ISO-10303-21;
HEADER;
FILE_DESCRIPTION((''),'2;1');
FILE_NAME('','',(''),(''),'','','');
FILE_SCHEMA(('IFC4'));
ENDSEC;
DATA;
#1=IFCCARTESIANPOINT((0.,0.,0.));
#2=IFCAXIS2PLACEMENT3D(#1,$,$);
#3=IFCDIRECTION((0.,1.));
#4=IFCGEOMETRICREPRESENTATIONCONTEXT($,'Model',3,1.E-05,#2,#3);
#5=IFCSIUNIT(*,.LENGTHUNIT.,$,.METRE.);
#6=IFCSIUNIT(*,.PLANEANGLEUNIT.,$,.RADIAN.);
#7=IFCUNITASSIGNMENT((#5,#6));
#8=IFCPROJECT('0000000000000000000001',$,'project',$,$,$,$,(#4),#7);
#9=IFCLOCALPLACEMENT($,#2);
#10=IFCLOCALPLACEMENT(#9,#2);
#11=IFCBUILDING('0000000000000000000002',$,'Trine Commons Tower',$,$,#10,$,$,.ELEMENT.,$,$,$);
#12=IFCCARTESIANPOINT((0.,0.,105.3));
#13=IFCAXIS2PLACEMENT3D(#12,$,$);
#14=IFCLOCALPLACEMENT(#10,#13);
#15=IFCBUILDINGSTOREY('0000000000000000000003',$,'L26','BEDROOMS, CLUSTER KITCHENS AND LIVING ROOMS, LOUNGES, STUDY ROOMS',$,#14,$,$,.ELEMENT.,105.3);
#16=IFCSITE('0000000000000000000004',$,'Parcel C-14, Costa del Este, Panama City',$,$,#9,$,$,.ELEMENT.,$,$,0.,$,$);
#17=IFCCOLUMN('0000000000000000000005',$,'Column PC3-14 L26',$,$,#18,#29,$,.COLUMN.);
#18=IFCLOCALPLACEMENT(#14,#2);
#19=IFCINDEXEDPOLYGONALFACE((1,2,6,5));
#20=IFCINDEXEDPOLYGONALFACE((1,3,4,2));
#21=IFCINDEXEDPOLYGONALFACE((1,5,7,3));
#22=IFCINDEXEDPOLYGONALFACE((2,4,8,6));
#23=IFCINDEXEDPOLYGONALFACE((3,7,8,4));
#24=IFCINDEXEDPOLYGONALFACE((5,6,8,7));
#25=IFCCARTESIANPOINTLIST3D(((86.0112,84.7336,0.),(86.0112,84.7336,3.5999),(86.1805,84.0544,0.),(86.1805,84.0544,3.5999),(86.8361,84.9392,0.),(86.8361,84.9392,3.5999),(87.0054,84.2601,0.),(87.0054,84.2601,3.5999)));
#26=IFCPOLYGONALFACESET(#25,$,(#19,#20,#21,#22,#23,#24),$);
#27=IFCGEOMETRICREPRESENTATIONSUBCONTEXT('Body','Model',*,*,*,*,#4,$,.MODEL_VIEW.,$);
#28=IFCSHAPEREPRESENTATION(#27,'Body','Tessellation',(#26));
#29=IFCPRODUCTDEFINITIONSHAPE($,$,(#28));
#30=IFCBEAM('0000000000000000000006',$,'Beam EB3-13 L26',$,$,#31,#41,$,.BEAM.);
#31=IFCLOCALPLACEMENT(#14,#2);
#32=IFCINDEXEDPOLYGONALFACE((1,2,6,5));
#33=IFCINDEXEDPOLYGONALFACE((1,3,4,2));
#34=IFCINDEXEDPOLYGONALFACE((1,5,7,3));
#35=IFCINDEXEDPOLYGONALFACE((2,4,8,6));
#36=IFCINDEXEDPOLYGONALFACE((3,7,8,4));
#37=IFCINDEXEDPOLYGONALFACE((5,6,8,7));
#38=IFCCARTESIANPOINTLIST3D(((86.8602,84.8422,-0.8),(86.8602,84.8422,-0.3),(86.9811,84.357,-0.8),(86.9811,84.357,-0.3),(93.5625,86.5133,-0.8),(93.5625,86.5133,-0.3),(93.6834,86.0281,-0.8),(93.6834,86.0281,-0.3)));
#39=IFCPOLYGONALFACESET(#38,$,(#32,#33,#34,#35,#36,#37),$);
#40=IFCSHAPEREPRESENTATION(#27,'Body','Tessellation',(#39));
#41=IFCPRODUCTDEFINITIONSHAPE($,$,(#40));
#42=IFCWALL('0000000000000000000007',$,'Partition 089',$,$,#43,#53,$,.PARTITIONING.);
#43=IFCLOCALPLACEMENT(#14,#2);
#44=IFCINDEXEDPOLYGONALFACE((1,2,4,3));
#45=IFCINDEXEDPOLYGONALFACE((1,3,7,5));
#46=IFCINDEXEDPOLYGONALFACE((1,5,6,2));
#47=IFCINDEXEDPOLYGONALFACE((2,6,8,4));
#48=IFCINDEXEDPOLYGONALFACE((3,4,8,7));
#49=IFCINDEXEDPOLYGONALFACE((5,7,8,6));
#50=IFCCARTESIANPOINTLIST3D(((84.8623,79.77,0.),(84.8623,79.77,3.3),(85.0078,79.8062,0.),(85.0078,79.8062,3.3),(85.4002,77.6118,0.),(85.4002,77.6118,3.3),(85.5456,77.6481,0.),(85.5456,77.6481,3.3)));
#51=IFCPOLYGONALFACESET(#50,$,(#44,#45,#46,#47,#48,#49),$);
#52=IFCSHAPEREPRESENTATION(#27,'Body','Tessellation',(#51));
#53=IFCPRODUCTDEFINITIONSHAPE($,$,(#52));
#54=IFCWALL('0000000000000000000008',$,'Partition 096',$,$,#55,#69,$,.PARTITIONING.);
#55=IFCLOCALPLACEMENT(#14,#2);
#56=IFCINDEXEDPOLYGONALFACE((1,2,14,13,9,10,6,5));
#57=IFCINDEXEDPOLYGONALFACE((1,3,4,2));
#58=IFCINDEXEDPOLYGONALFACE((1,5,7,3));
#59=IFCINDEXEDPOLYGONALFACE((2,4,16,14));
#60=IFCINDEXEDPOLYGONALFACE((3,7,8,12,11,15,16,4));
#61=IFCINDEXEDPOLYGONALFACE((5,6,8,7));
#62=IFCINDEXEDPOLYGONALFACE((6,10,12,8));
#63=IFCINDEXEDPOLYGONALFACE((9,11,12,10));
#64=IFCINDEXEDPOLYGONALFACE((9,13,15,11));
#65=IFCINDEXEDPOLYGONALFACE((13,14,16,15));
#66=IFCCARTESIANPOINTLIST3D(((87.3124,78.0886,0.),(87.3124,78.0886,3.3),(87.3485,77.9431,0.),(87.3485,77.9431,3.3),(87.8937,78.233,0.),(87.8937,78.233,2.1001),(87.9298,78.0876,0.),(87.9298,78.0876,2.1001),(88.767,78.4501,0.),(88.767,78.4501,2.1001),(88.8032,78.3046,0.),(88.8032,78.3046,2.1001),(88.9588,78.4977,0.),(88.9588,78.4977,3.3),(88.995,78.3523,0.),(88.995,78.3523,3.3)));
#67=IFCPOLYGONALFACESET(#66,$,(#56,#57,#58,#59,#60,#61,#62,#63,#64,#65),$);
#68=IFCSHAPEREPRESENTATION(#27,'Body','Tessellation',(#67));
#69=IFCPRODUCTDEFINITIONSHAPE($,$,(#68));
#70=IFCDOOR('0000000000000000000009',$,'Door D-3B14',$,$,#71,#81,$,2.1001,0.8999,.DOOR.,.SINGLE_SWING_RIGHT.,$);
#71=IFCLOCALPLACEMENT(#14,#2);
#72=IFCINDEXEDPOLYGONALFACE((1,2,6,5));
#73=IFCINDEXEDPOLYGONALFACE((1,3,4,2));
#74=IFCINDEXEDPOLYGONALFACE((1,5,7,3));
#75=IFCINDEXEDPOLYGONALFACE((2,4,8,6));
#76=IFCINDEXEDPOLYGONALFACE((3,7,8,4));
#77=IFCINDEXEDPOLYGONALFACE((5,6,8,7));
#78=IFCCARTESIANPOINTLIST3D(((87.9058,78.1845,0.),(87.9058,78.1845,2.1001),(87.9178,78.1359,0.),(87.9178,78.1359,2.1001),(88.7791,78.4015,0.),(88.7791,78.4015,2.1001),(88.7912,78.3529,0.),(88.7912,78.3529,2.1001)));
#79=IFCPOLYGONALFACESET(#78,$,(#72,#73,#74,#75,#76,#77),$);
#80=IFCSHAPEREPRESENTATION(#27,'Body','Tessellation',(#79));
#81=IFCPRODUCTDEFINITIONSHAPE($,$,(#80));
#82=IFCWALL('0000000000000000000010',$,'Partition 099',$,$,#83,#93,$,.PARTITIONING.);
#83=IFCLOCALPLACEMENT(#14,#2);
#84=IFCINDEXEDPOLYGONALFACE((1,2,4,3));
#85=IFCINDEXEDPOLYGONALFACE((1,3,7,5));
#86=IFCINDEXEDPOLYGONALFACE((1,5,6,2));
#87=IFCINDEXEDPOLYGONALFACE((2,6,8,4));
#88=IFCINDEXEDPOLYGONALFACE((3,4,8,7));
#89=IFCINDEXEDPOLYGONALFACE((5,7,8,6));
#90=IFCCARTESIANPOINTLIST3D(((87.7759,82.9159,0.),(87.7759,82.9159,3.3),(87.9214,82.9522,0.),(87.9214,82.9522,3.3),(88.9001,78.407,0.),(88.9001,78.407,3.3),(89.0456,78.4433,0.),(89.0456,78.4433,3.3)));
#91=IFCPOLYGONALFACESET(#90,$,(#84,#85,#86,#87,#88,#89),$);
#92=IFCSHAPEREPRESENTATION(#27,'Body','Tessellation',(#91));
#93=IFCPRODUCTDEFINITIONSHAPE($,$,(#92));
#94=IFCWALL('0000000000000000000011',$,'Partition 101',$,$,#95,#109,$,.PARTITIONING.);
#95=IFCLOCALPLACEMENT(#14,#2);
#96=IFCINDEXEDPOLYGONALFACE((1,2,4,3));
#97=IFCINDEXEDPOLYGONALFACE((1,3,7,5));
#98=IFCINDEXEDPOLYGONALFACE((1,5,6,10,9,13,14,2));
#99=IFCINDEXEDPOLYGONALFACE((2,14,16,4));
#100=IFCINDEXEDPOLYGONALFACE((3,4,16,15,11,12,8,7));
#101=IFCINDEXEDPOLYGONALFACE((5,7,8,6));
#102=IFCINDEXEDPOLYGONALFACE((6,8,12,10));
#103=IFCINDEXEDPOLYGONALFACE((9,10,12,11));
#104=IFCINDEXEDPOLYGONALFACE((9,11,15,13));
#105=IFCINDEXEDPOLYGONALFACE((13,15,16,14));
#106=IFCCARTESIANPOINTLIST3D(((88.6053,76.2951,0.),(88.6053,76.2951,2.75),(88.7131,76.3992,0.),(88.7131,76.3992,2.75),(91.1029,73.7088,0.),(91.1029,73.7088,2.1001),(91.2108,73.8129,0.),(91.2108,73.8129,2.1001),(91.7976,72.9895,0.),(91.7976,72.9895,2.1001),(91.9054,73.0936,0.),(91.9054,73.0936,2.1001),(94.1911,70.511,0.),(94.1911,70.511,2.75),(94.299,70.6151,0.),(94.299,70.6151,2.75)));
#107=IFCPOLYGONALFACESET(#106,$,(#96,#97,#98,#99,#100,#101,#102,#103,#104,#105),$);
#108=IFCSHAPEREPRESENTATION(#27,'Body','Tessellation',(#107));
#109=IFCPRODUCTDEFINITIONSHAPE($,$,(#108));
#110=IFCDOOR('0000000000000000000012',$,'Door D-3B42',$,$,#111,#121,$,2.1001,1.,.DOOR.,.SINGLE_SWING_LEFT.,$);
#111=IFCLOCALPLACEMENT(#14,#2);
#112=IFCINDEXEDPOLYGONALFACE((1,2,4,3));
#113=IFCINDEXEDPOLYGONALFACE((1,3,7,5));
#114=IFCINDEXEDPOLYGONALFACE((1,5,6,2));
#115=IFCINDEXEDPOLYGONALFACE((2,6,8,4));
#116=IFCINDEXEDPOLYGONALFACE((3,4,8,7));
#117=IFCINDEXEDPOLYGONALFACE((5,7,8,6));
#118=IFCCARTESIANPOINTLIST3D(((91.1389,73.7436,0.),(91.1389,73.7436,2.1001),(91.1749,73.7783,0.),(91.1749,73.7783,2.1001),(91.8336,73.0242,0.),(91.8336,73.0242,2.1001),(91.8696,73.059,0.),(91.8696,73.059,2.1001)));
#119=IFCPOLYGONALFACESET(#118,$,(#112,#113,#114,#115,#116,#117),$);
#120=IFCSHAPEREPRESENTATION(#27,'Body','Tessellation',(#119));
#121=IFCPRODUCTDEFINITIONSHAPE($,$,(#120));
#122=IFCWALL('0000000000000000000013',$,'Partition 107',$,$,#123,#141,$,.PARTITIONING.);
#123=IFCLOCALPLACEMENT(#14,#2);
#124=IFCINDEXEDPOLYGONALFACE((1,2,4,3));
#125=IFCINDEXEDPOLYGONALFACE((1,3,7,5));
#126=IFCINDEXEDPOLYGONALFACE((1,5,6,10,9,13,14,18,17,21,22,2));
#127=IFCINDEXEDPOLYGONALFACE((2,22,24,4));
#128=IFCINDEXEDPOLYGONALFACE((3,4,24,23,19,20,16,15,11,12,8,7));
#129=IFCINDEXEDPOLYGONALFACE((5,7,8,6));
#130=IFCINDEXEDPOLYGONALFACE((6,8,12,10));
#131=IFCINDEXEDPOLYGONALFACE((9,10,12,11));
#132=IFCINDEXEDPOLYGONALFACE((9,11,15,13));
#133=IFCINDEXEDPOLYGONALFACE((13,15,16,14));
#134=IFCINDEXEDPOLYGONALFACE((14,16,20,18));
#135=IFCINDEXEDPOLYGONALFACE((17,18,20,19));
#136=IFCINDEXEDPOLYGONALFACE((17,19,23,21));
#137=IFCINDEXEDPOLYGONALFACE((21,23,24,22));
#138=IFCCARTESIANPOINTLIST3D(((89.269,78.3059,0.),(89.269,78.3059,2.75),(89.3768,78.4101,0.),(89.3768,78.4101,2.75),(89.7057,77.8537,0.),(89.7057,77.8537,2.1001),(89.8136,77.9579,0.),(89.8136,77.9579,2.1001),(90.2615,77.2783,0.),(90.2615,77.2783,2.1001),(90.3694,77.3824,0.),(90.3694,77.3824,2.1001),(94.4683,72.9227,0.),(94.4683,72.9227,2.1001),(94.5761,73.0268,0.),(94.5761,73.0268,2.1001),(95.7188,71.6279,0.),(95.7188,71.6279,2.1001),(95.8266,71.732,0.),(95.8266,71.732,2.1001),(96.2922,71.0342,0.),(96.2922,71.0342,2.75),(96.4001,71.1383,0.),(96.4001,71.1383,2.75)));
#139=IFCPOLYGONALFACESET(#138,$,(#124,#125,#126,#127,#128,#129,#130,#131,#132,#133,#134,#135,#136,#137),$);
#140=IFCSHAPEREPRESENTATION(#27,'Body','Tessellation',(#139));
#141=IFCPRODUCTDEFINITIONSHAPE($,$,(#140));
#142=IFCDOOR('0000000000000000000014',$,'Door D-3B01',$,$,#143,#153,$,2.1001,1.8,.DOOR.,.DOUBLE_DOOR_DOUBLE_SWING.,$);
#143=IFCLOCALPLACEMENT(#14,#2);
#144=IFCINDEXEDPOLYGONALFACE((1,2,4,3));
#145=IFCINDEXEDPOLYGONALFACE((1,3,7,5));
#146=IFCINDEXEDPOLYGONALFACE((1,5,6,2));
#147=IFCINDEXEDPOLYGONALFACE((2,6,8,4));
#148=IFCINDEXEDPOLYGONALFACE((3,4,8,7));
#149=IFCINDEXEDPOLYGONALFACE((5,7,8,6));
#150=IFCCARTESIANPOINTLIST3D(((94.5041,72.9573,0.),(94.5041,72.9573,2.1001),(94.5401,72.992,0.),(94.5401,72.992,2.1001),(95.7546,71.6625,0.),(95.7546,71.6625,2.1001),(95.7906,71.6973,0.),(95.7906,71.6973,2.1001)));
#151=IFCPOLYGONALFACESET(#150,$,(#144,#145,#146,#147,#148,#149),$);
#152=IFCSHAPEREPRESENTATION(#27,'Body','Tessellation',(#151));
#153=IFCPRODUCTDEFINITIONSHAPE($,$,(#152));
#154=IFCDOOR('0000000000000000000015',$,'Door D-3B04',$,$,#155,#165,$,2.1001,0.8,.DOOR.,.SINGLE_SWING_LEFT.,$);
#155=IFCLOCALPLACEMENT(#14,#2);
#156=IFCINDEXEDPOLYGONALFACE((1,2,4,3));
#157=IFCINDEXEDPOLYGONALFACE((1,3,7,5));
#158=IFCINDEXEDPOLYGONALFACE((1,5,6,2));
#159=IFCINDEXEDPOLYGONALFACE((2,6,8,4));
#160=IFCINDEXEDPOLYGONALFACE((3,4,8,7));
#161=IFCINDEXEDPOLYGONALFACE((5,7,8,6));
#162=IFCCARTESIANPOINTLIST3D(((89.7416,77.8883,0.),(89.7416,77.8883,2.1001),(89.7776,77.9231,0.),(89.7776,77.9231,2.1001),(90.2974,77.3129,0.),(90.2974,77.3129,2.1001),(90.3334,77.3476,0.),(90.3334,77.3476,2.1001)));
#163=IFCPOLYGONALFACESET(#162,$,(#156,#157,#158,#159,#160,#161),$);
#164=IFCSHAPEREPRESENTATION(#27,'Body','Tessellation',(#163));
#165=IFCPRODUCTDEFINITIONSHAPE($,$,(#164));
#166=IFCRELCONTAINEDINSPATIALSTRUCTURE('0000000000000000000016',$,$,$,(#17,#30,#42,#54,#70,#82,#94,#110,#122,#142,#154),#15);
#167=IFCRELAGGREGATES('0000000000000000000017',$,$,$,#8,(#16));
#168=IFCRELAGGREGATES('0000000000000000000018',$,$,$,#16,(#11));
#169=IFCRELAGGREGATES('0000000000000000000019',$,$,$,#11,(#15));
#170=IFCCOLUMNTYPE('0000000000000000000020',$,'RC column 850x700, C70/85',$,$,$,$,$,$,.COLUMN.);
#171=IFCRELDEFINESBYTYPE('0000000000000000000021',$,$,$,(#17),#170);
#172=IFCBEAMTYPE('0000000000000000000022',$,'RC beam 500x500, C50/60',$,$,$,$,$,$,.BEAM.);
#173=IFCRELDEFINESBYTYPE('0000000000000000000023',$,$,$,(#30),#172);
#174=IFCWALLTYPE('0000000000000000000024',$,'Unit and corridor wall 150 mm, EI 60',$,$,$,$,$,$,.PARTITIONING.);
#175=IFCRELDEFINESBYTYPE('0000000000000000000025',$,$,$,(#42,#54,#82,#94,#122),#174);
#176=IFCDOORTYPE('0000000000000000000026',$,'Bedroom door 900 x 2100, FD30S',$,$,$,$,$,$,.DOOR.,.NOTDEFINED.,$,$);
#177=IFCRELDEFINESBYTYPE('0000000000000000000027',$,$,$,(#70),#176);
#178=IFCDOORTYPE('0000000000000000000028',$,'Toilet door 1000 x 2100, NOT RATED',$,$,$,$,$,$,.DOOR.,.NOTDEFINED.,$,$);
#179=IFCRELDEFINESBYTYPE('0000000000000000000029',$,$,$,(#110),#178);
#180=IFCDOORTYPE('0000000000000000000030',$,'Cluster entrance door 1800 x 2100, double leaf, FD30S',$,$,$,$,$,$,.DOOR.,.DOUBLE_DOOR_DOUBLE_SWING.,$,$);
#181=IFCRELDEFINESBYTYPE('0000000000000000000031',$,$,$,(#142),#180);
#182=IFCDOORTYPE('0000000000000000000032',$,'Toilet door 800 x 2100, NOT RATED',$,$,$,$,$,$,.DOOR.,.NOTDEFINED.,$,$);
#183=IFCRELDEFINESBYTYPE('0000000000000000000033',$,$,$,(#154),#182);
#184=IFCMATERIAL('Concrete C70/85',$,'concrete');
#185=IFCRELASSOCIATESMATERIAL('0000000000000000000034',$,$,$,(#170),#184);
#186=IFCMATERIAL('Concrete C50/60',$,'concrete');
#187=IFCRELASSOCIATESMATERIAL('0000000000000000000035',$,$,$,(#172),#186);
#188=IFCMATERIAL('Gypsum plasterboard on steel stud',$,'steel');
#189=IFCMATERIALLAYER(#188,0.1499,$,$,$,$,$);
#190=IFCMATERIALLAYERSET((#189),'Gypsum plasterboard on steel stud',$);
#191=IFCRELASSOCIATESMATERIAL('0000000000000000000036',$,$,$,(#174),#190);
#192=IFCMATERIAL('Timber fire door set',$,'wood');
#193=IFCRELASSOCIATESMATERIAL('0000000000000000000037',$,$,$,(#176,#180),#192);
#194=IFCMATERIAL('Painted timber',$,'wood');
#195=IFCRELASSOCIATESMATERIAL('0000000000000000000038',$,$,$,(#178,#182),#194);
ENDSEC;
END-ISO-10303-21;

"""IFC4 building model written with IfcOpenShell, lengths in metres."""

from ifc_helpers import new_model, si_unit, direction, frame, frame_2d, origin, origin_2d, place, context, subcontext, project, spatial, rectangle, extrude, material, layer, layer_set, material_profile, profile_set, type_object, element, fill, save


model = new_model("IFC4")

# Units and contexts
model_context = context("Model", 3, precision=1e-05, world=origin(), true_north=direction((0.0, 1.0)))
body_context = subcontext(model_context, "Body", "Model", "MODEL_VIEW")
ifc_project = project(units=[si_unit("LENGTHUNIT", "METRE"), si_unit("PLANEANGLEUNIT", "RADIAN")], contexts=[model_context])

# Site, building, storey
site_placement = place(None, origin())
site = spatial("IfcSite", under=ifc_project, at=site_placement, Name="Parcel C-14, Costa del Este, Panama City", CompositionType="ELEMENT", RefElevation=0.0)
building_placement = place(site_placement, origin())
building = spatial("IfcBuilding", under=site, at=building_placement, Name="Trine Commons Tower", CompositionType="ELEMENT")
storey_placement = place(building_placement, frame((0.0, 0.0, 105.3)))
storey = spatial("IfcBuildingStorey", under=building, at=storey_placement, Name="L26", Description="BEDROOMS, CLUSTER KITCHENS AND LIVING ROOMS, LOUNGES, STUDY ROOMS", CompositionType="ELEMENT", Elevation=105.3)

# Column
ifc_material_1 = material(Name="Concrete C70/85", Category="concrete")
ifc_material_profile_1 = material_profile(ifc_material_1, rectangle(XDim=0.8501, YDim=0.7, at=origin_2d()), Name="RC 850x700")
ifc_profile_set_1 = profile_set([ifc_material_profile_1], Name="Concrete C70/85")
column_type = type_object("IfcColumnType", Name="RC column 850x700, C70/85", PredefinedType="COLUMN", material=ifc_profile_set_1)
column_placement = place(storey_placement, frame((86.5083, 84.4968, 0.0), z_axis=(0.0, 0.0, 1.0), x_axis=(0.970296, 0.241922, 0.0)))
element("IfcColumn", 1, at=column_placement, inside=storey, type_object=column_type, Name="Column PC3-14 L26", PredefinedType="COLUMN", context=body_context, shape_type="SweptSolid", body=[
    extrude(rectangle(XDim=0.8501, YDim=0.7, at=origin_2d()), origin(), (0.0, 0.0, 1.0), 3.5999),
])

# Beam
ifc_material_2 = material(Name="Concrete C50/60", Category="concrete")
ifc_material_profile_2 = material_profile(ifc_material_2, rectangle(XDim=0.5, YDim=0.5, at=origin_2d()), Name="RC 500x500")
ifc_profile_set_2 = profile_set([ifc_material_profile_2], Name="Concrete C50/60")
beam_type = type_object("IfcBeamType", Name="RC beam 500x500, C50/60", PredefinedType="BEAM", material=ifc_profile_set_2)
beam_placement = place(storey_placement, frame((86.9207, 84.5996, -0.55), z_axis=(0.970294, 0.241928, 0.0), x_axis=(-0.241928, 0.970294, 0.0)))
element("IfcBeam", 2, at=beam_placement, inside=storey, type_object=beam_type, Name="Beam EB3-13 L26", PredefinedType="BEAM", context=body_context, shape_type="SweptSolid", body=[
    extrude(rectangle(XDim=0.5, YDim=0.5, at=origin_2d()), origin(), (0.0, 0.0, 1.0), 6.9075),
])

# Wall
ifc_material_3 = material(Name="Gypsum plasterboard on steel stud", Category="steel")
ifc_layer_1 = layer(ifc_material_3, 0.1499)
ifc_layer_set_1 = layer_set([ifc_layer_1], Name="Gypsum plasterboard on steel stud")
wall_type_1 = type_object("IfcWallType", Name="Unit and corridor wall 150 mm, EI 60", PredefinedType="PARTITIONING", material=ifc_layer_set_1)
wall_1_placement = place(storey_placement, frame((84.9351, 79.7881, 0.0), z_axis=(0.0, 0.0, 1.0), x_axis=(0.241812, -0.970323, 0.0)))
element("IfcWall", 3, at=wall_1_placement, inside=storey, type_object=wall_type_1, Name="Partition 089", PredefinedType="PARTITIONING", context=body_context, shape_type="SweptSolid", body=[
    extrude(rectangle(XDim=2.2241, YDim=0.1499, at=frame_2d((1.1121, 0.0))), origin(), (0.0, 0.0, 1.0), 3.3),
])

# Wall, opening, door
wall_2_placement = place(storey_placement, frame((87.3306, 78.0159, 0.0), z_axis=(0.0, 0.0, 1.0), x_axis=(0.97048, 0.241181, 0.0)))
wall_2 = element("IfcWall", 4, at=wall_2_placement, inside=storey, type_object=wall_type_1, Name="Partition 096", PredefinedType="PARTITIONING", context=body_context, shape_type="SweptSolid", body=[
    extrude(rectangle(XDim=1.6965, YDim=0.1499, at=frame_2d((0.8481, 0.0))), origin(), (0.0, 0.0, 1.0), 3.3),
])
opening_1_placement = place(wall_2_placement, frame((0.5989, 0.0, 0.0)))
opening_1 = element("IfcOpeningElement", 5, at=opening_1_placement, cuts=wall_2, PredefinedType="OPENING", context=body_context, shape_type="SweptSolid", body=[
    extrude(rectangle(XDim=0.8999, YDim=2.1001, at=frame_2d((0.45, 1.05))), frame((0.0, 0.085, 0.0), z_axis=(0.0, -1.0, 0.0), x_axis=(1.0, 0.0, 0.0)), (0.0, 0.0, 1.0), 0.1699),
])
ifc_material_4 = material(Name="Timber fire door set", Category="wood")
door_type_1 = type_object("IfcDoorType", Name="Bedroom door 900 x 2100, FD30S", OperationType="NOTDEFINED", PredefinedType="DOOR", material=ifc_material_4)
door_1_placement = place(opening_1_placement, origin())
door_1 = element("IfcDoor", 6, at=door_1_placement, inside=storey, type_object=door_type_1, Name="Door D-3B14", OperationType="SINGLE_SWING_RIGHT", OverallHeight=2.1001, OverallWidth=0.8999, PredefinedType="DOOR", context=body_context, shape_type="SweptSolid", body=[
    extrude(rectangle(XDim=0.8999, YDim=2.1001, at=frame_2d((0.45, 1.05))), frame((0.0, 0.0249, 0.0), z_axis=(0.0, -1.0, 0.0), x_axis=(1.0, 0.0, 0.0)), (0.0, 0.0, 1.0), 0.05),
])
fill(opening_1, door_1)

# Wall
wall_3_placement = place(storey_placement, frame((87.8486, 82.9341, 0.0), z_axis=(0.0, 0.0, 1.0), x_axis=(0.24193, -0.970294, 0.0)))
element("IfcWall", 7, at=wall_3_placement, inside=storey, type_object=wall_type_1, Name="Partition 099", PredefinedType="PARTITIONING", context=body_context, shape_type="SweptSolid", body=[
    extrude(rectangle(XDim=4.647, YDim=0.1499, at=frame_2d((2.3235, 0.0))), origin(), (0.0, 0.0, 1.0), 3.3),
])

# Wall, opening, door
wall_4_placement = place(storey_placement, frame((88.6592, 76.3472, 0.0), z_axis=(0.0, 0.0, 1.0), x_axis=(0.694673, -0.719326, 0.0)))
wall_4 = element("IfcWall", 8, at=wall_4_placement, inside=storey, type_object=wall_type_1, Name="Partition 101", PredefinedType="PARTITIONING", context=body_context, shape_type="SweptSolid", body=[
    extrude(rectangle(XDim=8.041, YDim=0.1499, at=frame_2d((4.0205, 0.0))), origin(), (0.0, 0.0, 1.0), 2.75),
])
opening_2_placement = place(wall_4_placement, frame((3.5955, 0.0, 0.0)))
opening_2 = element("IfcOpeningElement", 9, at=opening_2_placement, cuts=wall_4, PredefinedType="OPENING", context=body_context, shape_type="SweptSolid", body=[
    extrude(rectangle(XDim=1.0, YDim=2.1001, at=frame_2d((0.5, 1.05))), frame((0.0, 0.085, 0.0), z_axis=(0.0, -1.0, 0.0), x_axis=(1.0, 0.0, 0.0)), (0.0, 0.0, 1.0), 0.1699),
])
ifc_material_5 = material(Name="Painted timber", Category="wood")
door_type_2 = type_object("IfcDoorType", Name="Toilet door 1000 x 2100, NOT RATED", OperationType="NOTDEFINED", PredefinedType="DOOR", material=ifc_material_5)
door_2_placement = place(opening_2_placement, frame((1.0, 0.0, 0.0), z_axis=(0.0, 0.0, 1.0), x_axis=(-1.0, 0.0, 0.0)))
door_2 = element("IfcDoor", 10, at=door_2_placement, inside=storey, type_object=door_type_2, Name="Door D-3B42", OperationType="SINGLE_SWING_LEFT", OverallHeight=2.1001, OverallWidth=1.0, PredefinedType="DOOR", context=body_context, shape_type="SweptSolid", body=[
    extrude(rectangle(XDim=1.0, YDim=2.1001, at=frame_2d((0.5, 1.05))), frame((0.0, 0.0249, 0.0), z_axis=(0.0, -1.0, 0.0), x_axis=(1.0, 0.0, 0.0)), (0.0, 0.0, 1.0), 0.05),
])
fill(opening_2, door_2)

# Wall, openings, doors
wall_5_placement = place(storey_placement, frame((89.323, 78.3579, 0.0), z_axis=(0.0, 0.0, 1.0), x_axis=(0.694708, -0.719292, 0.0)))
wall_5 = element("IfcWall", 11, at=wall_5_placement, inside=storey, type_object=wall_type_1, Name="Partition 107", PredefinedType="PARTITIONING", context=body_context, shape_type="SweptSolid", body=[
    extrude(rectangle(XDim=10.1096, YDim=0.1499, at=frame_2d((5.0547, 0.0))), origin(), (0.0, 0.0, 1.0), 2.75),
])
opening_3_placement = place(wall_5_placement, frame((7.4841, 0.0, 0.0)))
opening_3 = element("IfcOpeningElement", 12, at=opening_3_placement, cuts=wall_5, PredefinedType="OPENING", context=body_context, shape_type="SweptSolid", body=[
    extrude(rectangle(XDim=1.8, YDim=2.1001, at=frame_2d((0.8999, 1.05))), frame((0.0, 0.085, 0.0), z_axis=(0.0, -1.0, 0.0), x_axis=(1.0, 0.0, 0.0)), (0.0, 0.0, 1.0), 0.1699),
])
opening_4_placement = place(wall_5_placement, frame((0.6287, 0.0, 0.0)))
opening_4 = element("IfcOpeningElement", 13, at=opening_4_placement, cuts=wall_5, PredefinedType="OPENING", context=body_context, shape_type="SweptSolid", body=[
    extrude(rectangle(XDim=0.8, YDim=2.1001, at=frame_2d((0.3999, 1.05))), frame((0.0, 0.085, 0.0), z_axis=(0.0, -1.0, 0.0), x_axis=(1.0, 0.0, 0.0)), (0.0, 0.0, 1.0), 0.1699),
])
door_type_3 = type_object("IfcDoorType", Name="Cluster entrance door 1800 x 2100, double leaf, FD30S", OperationType="DOUBLE_DOOR_DOUBLE_SWING", PredefinedType="DOOR", material=ifc_material_4)
door_3_placement = place(opening_3_placement, origin())
door_3 = element("IfcDoor", 14, at=door_3_placement, inside=storey, type_object=door_type_3, Name="Door D-3B01", OperationType="DOUBLE_DOOR_DOUBLE_SWING", OverallHeight=2.1001, OverallWidth=1.8, PredefinedType="DOOR", context=body_context, shape_type="SweptSolid", body=[
    extrude(rectangle(XDim=1.8, YDim=2.1001, at=frame_2d((0.8999, 1.05))), frame((0.0, 0.0249, 0.0), z_axis=(0.0, -1.0, 0.0), x_axis=(1.0, 0.0, 0.0)), (0.0, 0.0, 1.0), 0.05),
])
fill(opening_3, door_3)
door_type_4 = type_object("IfcDoorType", Name="Toilet door 800 x 2100, NOT RATED", OperationType="NOTDEFINED", PredefinedType="DOOR", material=ifc_material_5)
door_4_placement = place(opening_4_placement, origin())
door_4 = element("IfcDoor", 15, at=door_4_placement, inside=storey, type_object=door_type_4, Name="Door D-3B04", OperationType="SINGLE_SWING_LEFT", OverallHeight=2.1001, OverallWidth=0.8, PredefinedType="DOOR", context=body_context, shape_type="SweptSolid", body=[
    extrude(rectangle(XDim=0.8, YDim=2.1001, at=frame_2d((0.3999, 1.05))), frame((0.0, 0.0249, 0.0), z_axis=(0.0, -1.0, 0.0), x_axis=(1.0, 0.0, 0.0)), (0.0, 0.0, 1.0), 0.05),
])
fill(opening_4, door_4)

save(model, "model.ifc")
